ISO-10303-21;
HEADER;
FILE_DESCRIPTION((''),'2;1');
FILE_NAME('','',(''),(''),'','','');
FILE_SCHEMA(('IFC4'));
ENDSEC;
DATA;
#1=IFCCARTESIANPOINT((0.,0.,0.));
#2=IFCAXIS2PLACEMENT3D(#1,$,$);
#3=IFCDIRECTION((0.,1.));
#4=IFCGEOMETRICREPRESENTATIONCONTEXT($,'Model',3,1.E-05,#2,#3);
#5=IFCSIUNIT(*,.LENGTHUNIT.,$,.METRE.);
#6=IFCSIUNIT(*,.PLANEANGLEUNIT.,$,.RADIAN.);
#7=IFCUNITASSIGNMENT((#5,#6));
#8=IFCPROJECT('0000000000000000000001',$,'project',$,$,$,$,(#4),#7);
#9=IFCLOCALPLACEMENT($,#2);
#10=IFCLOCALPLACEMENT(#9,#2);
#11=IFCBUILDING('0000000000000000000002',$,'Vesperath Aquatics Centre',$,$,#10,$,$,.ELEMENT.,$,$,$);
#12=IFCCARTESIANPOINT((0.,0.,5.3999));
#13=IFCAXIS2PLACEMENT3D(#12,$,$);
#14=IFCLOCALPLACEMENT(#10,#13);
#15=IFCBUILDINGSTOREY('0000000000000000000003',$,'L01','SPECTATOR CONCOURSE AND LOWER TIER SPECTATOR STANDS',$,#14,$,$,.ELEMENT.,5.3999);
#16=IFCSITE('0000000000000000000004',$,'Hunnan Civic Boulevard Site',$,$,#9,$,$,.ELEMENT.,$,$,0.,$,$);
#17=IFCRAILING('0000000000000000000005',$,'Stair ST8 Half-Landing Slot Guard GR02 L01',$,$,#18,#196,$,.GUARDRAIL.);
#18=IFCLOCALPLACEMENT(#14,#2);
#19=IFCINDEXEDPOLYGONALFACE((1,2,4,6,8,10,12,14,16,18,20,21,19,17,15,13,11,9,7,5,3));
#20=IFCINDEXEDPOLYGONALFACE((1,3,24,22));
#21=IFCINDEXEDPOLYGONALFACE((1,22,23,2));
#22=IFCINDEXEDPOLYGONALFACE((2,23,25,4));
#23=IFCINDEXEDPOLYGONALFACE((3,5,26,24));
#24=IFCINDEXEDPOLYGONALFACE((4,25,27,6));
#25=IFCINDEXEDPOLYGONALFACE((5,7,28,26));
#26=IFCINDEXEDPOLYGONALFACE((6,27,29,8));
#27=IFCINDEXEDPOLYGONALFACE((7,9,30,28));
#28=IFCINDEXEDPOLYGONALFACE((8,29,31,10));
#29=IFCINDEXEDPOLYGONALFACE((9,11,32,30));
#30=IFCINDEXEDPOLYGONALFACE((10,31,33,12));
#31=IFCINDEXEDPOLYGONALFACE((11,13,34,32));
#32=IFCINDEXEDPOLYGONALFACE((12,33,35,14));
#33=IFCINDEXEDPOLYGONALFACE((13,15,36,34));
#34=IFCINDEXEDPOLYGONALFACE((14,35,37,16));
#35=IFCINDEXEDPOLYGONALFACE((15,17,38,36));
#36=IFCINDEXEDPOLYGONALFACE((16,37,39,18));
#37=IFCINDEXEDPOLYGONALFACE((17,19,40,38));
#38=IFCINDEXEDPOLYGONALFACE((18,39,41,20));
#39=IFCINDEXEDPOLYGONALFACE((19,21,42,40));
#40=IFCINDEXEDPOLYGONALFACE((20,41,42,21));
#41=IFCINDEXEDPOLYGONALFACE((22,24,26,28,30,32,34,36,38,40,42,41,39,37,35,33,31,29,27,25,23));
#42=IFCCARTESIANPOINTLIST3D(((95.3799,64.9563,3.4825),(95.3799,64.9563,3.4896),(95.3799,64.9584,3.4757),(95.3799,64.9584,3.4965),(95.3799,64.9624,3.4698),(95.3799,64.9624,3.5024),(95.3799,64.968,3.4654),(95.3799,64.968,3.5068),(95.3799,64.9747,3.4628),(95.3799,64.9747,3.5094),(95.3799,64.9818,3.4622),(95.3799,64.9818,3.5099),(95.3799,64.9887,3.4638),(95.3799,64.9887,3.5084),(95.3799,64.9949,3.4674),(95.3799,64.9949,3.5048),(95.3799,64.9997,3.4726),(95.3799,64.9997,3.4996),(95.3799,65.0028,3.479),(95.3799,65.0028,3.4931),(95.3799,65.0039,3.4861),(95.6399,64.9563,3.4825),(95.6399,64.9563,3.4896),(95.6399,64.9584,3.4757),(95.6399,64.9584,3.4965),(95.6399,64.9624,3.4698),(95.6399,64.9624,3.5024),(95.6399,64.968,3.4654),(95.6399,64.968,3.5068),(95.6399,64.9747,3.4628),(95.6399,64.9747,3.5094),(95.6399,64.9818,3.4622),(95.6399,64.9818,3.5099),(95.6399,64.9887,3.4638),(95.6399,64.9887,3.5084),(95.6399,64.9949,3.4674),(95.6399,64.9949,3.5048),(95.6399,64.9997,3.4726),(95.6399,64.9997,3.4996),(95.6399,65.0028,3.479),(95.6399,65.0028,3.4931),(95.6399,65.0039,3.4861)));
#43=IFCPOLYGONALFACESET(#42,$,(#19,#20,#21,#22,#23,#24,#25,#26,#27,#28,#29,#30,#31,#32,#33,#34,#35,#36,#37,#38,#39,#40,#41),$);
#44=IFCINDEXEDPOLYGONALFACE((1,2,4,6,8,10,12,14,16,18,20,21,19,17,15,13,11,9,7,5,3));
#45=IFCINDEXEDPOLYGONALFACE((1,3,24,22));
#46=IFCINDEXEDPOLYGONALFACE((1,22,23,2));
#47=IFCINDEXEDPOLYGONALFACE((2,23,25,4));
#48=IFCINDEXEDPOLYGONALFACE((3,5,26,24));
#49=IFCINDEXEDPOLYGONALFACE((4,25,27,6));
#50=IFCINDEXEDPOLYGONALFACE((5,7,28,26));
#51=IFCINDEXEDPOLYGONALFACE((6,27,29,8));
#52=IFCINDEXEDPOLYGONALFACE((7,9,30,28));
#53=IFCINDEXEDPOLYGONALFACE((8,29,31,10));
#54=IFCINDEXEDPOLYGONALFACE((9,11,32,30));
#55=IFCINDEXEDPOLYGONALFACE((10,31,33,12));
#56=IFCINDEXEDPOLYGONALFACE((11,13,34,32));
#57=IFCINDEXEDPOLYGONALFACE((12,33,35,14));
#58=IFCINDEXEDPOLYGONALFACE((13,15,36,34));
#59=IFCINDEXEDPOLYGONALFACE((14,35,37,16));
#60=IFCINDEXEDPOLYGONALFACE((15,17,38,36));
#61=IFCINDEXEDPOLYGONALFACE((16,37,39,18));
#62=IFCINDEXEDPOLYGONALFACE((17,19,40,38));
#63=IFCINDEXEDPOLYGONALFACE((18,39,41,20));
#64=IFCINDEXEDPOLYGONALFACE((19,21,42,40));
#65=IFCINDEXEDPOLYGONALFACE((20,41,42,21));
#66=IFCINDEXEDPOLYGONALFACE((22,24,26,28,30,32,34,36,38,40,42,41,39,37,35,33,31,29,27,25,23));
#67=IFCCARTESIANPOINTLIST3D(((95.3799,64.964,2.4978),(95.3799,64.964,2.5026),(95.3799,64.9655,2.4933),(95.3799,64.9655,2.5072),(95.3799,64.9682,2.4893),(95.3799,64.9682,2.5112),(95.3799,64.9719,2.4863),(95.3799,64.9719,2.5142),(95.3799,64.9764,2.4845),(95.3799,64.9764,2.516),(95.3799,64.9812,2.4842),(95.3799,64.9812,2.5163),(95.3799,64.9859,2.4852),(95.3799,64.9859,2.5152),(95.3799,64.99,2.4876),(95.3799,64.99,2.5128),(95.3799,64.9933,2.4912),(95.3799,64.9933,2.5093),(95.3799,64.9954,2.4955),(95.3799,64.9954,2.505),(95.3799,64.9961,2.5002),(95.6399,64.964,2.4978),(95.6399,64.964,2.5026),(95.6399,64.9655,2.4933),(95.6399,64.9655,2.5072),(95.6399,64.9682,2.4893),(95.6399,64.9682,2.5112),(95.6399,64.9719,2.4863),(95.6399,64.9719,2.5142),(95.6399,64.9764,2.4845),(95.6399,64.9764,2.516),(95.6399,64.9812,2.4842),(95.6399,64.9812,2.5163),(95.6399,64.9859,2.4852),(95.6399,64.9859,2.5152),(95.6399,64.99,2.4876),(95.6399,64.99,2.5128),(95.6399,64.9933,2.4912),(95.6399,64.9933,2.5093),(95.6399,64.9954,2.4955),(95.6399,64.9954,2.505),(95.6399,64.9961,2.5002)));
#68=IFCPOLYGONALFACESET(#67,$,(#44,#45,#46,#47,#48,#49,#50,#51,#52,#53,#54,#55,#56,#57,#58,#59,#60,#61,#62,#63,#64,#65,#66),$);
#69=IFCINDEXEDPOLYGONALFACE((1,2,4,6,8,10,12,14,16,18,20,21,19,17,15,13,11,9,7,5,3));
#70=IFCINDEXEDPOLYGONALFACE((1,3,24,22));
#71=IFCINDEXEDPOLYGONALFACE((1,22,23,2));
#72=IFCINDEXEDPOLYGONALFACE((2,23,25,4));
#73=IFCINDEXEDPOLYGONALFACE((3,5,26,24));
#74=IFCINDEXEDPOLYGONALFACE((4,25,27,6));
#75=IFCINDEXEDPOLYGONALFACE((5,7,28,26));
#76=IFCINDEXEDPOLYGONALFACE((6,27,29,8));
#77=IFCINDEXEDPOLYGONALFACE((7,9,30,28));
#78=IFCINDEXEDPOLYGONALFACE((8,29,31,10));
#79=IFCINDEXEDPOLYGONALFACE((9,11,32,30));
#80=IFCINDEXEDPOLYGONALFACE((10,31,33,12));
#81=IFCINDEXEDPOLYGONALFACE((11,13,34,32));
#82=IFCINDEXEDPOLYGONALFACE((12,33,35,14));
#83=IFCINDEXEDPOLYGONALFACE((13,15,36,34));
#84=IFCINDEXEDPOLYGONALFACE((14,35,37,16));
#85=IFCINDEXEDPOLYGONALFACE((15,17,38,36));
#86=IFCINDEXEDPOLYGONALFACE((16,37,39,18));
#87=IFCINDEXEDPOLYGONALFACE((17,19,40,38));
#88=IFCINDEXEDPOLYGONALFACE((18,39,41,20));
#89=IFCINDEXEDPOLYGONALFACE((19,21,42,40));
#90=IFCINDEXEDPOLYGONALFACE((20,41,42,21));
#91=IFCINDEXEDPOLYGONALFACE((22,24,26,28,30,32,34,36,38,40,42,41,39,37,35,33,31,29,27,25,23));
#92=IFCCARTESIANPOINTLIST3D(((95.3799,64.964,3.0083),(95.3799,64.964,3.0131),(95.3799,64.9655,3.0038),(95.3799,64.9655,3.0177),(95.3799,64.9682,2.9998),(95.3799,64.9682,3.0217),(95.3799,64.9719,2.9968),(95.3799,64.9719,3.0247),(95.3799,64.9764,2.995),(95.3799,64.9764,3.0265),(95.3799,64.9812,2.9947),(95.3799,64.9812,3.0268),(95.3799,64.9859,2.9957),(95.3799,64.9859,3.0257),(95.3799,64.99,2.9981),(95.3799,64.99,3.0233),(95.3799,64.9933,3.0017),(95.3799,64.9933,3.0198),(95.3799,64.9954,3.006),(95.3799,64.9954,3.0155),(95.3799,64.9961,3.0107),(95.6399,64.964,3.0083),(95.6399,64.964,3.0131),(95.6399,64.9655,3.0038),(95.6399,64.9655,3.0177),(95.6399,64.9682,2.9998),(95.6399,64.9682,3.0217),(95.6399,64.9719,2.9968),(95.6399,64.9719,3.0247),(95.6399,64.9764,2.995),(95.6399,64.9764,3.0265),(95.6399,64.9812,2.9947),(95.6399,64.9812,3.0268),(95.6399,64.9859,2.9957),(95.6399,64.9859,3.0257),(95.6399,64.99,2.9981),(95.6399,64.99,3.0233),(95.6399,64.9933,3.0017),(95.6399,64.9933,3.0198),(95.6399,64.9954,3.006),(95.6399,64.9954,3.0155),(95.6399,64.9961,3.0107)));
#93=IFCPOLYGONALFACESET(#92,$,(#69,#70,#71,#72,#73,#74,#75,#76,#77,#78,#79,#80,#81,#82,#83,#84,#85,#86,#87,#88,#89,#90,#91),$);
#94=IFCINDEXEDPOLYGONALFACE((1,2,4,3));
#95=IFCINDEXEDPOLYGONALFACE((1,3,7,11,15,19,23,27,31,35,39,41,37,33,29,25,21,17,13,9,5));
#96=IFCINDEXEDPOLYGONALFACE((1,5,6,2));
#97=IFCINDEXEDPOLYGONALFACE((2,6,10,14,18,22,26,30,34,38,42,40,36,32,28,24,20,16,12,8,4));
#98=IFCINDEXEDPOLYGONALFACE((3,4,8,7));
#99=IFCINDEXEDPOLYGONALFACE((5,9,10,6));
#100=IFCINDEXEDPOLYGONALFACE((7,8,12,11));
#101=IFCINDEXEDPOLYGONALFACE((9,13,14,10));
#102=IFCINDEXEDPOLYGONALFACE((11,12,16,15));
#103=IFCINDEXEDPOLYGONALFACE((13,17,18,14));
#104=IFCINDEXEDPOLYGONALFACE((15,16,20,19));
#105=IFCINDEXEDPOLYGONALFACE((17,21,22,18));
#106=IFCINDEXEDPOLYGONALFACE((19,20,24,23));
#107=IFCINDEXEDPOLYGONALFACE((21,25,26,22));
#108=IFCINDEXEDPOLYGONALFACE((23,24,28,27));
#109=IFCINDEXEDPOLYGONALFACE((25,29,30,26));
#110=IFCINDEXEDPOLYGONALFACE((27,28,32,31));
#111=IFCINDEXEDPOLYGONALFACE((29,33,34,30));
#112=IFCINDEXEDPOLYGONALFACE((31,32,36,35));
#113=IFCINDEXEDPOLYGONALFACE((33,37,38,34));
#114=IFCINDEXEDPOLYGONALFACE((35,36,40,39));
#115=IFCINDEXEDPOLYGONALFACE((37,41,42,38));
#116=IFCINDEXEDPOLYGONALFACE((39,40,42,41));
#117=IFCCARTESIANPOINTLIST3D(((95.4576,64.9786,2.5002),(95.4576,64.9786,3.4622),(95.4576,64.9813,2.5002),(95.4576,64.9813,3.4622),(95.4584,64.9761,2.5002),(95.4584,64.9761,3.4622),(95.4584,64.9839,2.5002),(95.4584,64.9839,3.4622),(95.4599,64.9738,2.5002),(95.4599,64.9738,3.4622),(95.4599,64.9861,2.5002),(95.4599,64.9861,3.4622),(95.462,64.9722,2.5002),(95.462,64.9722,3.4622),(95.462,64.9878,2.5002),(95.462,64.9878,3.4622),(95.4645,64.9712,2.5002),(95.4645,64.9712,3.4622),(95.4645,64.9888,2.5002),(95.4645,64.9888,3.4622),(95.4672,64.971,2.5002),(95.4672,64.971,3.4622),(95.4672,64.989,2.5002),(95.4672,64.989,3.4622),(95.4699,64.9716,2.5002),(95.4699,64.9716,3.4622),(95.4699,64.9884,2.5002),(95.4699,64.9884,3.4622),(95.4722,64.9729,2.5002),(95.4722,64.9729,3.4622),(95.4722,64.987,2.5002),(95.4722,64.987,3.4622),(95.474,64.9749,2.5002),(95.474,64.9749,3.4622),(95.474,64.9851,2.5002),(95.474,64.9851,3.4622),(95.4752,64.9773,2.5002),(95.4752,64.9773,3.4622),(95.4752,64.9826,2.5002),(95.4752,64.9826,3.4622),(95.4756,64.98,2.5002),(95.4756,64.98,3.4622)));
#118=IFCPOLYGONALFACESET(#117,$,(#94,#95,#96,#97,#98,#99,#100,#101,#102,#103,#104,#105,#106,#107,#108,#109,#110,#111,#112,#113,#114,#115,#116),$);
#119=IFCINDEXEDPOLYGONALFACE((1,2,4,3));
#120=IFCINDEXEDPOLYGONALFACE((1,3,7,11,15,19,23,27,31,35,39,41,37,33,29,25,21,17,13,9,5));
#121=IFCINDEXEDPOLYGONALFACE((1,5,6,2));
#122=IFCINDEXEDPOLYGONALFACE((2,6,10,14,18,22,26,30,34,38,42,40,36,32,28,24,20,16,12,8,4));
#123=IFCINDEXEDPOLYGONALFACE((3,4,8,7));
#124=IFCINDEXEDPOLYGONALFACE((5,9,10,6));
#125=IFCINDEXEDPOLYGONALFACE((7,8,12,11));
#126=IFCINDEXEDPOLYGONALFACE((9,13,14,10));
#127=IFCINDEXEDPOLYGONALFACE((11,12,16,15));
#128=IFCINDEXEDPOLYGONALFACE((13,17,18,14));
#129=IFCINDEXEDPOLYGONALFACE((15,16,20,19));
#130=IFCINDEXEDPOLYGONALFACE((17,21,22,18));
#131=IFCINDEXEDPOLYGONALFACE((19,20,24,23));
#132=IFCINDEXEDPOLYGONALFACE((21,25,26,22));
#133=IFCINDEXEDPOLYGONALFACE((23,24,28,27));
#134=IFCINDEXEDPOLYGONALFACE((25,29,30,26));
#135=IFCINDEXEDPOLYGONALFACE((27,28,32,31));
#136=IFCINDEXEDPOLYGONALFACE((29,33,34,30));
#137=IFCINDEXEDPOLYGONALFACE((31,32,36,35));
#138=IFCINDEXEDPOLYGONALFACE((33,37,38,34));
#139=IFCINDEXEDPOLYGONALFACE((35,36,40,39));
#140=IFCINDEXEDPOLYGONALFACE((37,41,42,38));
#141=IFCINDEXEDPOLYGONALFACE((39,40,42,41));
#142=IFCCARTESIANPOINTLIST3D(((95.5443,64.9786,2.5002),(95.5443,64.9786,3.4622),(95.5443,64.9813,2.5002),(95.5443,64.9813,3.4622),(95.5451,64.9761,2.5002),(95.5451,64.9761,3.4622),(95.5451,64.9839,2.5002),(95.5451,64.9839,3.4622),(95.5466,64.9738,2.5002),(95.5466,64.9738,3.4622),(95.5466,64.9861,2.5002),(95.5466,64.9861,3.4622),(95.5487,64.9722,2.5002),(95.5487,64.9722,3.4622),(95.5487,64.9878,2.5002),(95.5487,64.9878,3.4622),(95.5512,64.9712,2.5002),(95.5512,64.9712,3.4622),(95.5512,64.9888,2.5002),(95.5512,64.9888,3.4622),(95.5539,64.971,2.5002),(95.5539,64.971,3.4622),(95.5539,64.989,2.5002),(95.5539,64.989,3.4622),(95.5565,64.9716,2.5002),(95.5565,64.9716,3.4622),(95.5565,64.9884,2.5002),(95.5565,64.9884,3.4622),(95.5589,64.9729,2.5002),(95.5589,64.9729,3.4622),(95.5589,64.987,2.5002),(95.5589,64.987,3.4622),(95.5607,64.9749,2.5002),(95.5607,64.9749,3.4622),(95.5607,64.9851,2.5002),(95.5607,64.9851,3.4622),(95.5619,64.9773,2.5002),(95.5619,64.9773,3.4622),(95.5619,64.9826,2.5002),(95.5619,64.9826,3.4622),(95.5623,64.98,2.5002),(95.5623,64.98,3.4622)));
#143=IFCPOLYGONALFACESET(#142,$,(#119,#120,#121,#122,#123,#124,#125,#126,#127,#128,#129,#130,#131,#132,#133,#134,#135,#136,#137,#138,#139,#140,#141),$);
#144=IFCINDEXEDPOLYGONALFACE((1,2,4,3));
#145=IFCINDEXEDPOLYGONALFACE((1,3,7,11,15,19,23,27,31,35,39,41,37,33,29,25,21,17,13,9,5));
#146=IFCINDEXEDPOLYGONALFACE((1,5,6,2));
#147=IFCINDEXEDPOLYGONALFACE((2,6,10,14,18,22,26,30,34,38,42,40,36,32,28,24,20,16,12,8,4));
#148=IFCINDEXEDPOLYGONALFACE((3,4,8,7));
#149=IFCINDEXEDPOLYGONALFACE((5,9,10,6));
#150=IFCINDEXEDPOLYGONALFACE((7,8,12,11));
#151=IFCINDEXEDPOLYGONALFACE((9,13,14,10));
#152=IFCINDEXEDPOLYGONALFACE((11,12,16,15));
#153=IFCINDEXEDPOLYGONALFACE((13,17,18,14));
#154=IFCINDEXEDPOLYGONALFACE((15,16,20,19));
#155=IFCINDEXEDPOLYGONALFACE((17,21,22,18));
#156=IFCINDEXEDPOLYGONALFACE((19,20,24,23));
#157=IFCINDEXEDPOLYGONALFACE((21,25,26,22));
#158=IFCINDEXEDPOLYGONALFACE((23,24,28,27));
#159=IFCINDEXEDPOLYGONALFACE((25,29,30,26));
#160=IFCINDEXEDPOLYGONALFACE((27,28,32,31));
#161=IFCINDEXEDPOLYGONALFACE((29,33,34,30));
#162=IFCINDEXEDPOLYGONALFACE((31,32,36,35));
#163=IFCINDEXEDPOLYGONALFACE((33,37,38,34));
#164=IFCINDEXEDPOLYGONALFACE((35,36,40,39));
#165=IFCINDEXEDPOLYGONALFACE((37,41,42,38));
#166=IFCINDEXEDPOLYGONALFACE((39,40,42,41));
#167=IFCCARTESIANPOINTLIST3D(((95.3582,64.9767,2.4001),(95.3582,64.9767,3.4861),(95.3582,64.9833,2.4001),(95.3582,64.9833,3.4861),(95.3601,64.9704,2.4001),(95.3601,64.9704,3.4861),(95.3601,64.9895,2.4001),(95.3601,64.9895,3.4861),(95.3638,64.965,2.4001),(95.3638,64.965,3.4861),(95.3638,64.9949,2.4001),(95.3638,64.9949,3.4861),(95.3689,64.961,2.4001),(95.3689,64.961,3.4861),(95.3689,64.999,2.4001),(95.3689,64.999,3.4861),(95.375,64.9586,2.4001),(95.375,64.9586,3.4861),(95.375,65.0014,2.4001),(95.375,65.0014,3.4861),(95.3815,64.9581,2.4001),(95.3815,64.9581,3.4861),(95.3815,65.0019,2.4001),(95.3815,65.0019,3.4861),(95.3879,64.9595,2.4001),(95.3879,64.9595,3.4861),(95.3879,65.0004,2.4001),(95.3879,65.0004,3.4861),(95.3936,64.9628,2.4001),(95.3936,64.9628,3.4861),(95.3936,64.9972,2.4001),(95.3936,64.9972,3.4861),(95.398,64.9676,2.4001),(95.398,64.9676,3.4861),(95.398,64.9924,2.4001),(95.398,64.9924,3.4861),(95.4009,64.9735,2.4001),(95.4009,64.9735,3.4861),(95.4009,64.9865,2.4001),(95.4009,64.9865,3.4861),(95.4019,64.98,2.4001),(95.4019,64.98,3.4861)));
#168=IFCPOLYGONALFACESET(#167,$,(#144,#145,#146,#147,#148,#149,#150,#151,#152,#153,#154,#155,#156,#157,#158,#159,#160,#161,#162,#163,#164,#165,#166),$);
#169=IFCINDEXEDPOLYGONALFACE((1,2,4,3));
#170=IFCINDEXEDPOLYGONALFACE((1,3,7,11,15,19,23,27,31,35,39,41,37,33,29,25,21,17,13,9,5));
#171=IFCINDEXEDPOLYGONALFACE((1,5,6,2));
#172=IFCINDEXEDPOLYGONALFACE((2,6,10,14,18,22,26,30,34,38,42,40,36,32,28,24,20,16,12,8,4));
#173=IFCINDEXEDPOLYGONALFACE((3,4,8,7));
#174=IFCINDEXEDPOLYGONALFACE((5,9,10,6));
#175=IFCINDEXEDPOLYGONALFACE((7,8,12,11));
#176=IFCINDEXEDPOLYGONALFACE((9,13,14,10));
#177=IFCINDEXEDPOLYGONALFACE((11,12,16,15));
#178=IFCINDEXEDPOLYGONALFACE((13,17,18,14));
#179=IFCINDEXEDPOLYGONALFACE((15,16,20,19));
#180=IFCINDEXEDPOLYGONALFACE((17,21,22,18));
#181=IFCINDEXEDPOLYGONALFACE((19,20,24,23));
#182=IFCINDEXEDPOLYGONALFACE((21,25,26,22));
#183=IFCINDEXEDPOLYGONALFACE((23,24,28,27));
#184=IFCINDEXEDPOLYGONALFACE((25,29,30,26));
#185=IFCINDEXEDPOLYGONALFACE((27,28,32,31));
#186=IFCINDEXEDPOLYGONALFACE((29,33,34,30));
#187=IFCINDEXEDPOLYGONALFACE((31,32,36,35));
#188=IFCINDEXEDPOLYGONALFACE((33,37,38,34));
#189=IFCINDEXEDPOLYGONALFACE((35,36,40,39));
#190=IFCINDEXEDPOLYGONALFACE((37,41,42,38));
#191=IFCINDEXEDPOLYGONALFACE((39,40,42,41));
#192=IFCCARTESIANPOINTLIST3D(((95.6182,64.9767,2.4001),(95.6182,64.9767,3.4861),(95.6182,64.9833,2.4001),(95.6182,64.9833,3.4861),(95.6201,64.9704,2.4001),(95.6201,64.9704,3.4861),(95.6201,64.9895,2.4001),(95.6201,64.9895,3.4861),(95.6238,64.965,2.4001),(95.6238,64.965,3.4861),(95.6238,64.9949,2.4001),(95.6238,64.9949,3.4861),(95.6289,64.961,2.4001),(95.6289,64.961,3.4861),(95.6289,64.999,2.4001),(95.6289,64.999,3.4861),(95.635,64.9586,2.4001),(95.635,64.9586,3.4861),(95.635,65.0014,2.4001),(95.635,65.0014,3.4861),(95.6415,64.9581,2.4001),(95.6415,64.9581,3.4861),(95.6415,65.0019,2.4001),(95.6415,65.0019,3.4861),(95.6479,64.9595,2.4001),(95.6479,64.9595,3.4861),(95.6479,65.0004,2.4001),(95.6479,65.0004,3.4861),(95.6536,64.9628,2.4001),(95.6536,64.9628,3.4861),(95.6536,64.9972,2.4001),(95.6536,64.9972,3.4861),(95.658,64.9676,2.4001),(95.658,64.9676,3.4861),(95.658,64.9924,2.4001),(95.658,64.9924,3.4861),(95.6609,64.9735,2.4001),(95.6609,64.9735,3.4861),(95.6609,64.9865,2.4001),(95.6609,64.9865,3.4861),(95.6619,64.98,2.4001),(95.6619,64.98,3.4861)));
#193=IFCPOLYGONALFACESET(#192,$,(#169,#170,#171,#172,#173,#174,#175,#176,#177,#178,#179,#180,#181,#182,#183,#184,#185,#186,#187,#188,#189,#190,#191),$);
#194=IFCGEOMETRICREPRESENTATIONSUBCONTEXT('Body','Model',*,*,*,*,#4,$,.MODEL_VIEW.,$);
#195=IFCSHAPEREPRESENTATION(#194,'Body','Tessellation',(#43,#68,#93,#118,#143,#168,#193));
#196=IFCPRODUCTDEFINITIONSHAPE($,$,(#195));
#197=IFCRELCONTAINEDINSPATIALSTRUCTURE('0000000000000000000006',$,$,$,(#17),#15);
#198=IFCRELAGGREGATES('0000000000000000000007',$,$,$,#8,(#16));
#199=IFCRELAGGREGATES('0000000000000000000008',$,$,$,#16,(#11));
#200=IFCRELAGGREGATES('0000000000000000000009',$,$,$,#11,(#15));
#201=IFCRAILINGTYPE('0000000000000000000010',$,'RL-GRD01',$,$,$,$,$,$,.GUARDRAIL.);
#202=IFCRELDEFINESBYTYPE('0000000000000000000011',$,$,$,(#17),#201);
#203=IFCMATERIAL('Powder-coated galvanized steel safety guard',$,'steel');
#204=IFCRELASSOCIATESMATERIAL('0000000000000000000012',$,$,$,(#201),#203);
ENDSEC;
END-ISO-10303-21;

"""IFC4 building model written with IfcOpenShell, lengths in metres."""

from ifc_helpers import new_model, si_unit, direction, frame, origin, origin_2d, place, context, subcontext, project, spatial, circle, extrude, material, type_object, element, save


model = new_model("IFC4")

# Units and contexts
model_context = context("Model", 3, precision=1e-05, world=origin(), true_north=direction((0.0, 1.0)))
body_context = subcontext(model_context, "Body", "Model", "MODEL_VIEW")
ifc_project = project(units=[si_unit("LENGTHUNIT", "METRE"), si_unit("PLANEANGLEUNIT", "RADIAN")], contexts=[model_context])

# Site, building, storey
site_placement = place(None, origin())
site = spatial("IfcSite", under=ifc_project, at=site_placement, Name="Hunnan Civic Boulevard Site", CompositionType="ELEMENT", RefElevation=0.0)
building_placement = place(site_placement, origin())
building = spatial("IfcBuilding", under=site, at=building_placement, Name="Vesperath Aquatics Centre", CompositionType="ELEMENT")
storey_placement = place(building_placement, frame((0.0, 0.0, 5.3999)))
storey = spatial("IfcBuildingStorey", under=building, at=storey_placement, Name="L01", Description="SPECTATOR CONCOURSE AND LOWER TIER SPECTATOR STANDS", CompositionType="ELEMENT", Elevation=5.3999)

# Railing
ifc_material_1 = material(Name="Powder-coated galvanized steel safety guard", Category="steel")
railing_type_1 = type_object("IfcRailingType", Name="RL-GRD01", PredefinedType="GUARDRAIL", material=ifc_material_1)
railing_1_placement = place(storey_placement, frame((95.3799, 64.98, 2.4001)))
element("IfcRailing", 1, at=railing_1_placement, inside=storey, type_object=railing_type_1, Name="Stair ST8 Half-Landing Slot Guard GR02 L01", PredefinedType="GUARDRAIL", context=body_context, shape_type="SweptSolid", body=[
    extrude(circle(Radius=0.0239, at=origin_2d()), frame((0.0, 0.0, 1.0859), z_axis=(1.0, 0.0, 0.0), x_axis=(0.0, 1.0, 0.0)), (0.0, 0.0, 1.0), 0.26),
    extrude(circle(Radius=0.0161, at=origin_2d()), frame((0.0, 0.0, 0.1001), z_axis=(1.0, 0.0, 0.0), x_axis=(0.0, 1.0, 0.0)), (0.0, 0.0, 1.0), 0.26),
    extrude(circle(Radius=0.0161, at=origin_2d()), frame((0.0, 0.0, 0.6106), z_axis=(1.0, 0.0, 0.0), x_axis=(0.0, 1.0, 0.0)), (0.0, 0.0, 1.0), 0.26),
    extrude(circle(Radius=0.009, at=origin_2d()), frame((0.0867, 0.0, 0.1001)), (0.0, 0.0, 1.0), 0.9619),
    extrude(circle(Radius=0.009, at=origin_2d()), frame((0.1733, 0.0, 0.1001)), (0.0, 0.0, 1.0), 0.9619),
    extrude(circle(Radius=0.022, at=origin_2d()), origin(), (0.0, 0.0, 1.0), 1.0859),
    extrude(circle(Radius=0.022, at=origin_2d()), frame((0.26, 0.0, 0.0)), (0.0, 0.0, 1.0), 1.0859),
])

save(model, "model.ifc")
